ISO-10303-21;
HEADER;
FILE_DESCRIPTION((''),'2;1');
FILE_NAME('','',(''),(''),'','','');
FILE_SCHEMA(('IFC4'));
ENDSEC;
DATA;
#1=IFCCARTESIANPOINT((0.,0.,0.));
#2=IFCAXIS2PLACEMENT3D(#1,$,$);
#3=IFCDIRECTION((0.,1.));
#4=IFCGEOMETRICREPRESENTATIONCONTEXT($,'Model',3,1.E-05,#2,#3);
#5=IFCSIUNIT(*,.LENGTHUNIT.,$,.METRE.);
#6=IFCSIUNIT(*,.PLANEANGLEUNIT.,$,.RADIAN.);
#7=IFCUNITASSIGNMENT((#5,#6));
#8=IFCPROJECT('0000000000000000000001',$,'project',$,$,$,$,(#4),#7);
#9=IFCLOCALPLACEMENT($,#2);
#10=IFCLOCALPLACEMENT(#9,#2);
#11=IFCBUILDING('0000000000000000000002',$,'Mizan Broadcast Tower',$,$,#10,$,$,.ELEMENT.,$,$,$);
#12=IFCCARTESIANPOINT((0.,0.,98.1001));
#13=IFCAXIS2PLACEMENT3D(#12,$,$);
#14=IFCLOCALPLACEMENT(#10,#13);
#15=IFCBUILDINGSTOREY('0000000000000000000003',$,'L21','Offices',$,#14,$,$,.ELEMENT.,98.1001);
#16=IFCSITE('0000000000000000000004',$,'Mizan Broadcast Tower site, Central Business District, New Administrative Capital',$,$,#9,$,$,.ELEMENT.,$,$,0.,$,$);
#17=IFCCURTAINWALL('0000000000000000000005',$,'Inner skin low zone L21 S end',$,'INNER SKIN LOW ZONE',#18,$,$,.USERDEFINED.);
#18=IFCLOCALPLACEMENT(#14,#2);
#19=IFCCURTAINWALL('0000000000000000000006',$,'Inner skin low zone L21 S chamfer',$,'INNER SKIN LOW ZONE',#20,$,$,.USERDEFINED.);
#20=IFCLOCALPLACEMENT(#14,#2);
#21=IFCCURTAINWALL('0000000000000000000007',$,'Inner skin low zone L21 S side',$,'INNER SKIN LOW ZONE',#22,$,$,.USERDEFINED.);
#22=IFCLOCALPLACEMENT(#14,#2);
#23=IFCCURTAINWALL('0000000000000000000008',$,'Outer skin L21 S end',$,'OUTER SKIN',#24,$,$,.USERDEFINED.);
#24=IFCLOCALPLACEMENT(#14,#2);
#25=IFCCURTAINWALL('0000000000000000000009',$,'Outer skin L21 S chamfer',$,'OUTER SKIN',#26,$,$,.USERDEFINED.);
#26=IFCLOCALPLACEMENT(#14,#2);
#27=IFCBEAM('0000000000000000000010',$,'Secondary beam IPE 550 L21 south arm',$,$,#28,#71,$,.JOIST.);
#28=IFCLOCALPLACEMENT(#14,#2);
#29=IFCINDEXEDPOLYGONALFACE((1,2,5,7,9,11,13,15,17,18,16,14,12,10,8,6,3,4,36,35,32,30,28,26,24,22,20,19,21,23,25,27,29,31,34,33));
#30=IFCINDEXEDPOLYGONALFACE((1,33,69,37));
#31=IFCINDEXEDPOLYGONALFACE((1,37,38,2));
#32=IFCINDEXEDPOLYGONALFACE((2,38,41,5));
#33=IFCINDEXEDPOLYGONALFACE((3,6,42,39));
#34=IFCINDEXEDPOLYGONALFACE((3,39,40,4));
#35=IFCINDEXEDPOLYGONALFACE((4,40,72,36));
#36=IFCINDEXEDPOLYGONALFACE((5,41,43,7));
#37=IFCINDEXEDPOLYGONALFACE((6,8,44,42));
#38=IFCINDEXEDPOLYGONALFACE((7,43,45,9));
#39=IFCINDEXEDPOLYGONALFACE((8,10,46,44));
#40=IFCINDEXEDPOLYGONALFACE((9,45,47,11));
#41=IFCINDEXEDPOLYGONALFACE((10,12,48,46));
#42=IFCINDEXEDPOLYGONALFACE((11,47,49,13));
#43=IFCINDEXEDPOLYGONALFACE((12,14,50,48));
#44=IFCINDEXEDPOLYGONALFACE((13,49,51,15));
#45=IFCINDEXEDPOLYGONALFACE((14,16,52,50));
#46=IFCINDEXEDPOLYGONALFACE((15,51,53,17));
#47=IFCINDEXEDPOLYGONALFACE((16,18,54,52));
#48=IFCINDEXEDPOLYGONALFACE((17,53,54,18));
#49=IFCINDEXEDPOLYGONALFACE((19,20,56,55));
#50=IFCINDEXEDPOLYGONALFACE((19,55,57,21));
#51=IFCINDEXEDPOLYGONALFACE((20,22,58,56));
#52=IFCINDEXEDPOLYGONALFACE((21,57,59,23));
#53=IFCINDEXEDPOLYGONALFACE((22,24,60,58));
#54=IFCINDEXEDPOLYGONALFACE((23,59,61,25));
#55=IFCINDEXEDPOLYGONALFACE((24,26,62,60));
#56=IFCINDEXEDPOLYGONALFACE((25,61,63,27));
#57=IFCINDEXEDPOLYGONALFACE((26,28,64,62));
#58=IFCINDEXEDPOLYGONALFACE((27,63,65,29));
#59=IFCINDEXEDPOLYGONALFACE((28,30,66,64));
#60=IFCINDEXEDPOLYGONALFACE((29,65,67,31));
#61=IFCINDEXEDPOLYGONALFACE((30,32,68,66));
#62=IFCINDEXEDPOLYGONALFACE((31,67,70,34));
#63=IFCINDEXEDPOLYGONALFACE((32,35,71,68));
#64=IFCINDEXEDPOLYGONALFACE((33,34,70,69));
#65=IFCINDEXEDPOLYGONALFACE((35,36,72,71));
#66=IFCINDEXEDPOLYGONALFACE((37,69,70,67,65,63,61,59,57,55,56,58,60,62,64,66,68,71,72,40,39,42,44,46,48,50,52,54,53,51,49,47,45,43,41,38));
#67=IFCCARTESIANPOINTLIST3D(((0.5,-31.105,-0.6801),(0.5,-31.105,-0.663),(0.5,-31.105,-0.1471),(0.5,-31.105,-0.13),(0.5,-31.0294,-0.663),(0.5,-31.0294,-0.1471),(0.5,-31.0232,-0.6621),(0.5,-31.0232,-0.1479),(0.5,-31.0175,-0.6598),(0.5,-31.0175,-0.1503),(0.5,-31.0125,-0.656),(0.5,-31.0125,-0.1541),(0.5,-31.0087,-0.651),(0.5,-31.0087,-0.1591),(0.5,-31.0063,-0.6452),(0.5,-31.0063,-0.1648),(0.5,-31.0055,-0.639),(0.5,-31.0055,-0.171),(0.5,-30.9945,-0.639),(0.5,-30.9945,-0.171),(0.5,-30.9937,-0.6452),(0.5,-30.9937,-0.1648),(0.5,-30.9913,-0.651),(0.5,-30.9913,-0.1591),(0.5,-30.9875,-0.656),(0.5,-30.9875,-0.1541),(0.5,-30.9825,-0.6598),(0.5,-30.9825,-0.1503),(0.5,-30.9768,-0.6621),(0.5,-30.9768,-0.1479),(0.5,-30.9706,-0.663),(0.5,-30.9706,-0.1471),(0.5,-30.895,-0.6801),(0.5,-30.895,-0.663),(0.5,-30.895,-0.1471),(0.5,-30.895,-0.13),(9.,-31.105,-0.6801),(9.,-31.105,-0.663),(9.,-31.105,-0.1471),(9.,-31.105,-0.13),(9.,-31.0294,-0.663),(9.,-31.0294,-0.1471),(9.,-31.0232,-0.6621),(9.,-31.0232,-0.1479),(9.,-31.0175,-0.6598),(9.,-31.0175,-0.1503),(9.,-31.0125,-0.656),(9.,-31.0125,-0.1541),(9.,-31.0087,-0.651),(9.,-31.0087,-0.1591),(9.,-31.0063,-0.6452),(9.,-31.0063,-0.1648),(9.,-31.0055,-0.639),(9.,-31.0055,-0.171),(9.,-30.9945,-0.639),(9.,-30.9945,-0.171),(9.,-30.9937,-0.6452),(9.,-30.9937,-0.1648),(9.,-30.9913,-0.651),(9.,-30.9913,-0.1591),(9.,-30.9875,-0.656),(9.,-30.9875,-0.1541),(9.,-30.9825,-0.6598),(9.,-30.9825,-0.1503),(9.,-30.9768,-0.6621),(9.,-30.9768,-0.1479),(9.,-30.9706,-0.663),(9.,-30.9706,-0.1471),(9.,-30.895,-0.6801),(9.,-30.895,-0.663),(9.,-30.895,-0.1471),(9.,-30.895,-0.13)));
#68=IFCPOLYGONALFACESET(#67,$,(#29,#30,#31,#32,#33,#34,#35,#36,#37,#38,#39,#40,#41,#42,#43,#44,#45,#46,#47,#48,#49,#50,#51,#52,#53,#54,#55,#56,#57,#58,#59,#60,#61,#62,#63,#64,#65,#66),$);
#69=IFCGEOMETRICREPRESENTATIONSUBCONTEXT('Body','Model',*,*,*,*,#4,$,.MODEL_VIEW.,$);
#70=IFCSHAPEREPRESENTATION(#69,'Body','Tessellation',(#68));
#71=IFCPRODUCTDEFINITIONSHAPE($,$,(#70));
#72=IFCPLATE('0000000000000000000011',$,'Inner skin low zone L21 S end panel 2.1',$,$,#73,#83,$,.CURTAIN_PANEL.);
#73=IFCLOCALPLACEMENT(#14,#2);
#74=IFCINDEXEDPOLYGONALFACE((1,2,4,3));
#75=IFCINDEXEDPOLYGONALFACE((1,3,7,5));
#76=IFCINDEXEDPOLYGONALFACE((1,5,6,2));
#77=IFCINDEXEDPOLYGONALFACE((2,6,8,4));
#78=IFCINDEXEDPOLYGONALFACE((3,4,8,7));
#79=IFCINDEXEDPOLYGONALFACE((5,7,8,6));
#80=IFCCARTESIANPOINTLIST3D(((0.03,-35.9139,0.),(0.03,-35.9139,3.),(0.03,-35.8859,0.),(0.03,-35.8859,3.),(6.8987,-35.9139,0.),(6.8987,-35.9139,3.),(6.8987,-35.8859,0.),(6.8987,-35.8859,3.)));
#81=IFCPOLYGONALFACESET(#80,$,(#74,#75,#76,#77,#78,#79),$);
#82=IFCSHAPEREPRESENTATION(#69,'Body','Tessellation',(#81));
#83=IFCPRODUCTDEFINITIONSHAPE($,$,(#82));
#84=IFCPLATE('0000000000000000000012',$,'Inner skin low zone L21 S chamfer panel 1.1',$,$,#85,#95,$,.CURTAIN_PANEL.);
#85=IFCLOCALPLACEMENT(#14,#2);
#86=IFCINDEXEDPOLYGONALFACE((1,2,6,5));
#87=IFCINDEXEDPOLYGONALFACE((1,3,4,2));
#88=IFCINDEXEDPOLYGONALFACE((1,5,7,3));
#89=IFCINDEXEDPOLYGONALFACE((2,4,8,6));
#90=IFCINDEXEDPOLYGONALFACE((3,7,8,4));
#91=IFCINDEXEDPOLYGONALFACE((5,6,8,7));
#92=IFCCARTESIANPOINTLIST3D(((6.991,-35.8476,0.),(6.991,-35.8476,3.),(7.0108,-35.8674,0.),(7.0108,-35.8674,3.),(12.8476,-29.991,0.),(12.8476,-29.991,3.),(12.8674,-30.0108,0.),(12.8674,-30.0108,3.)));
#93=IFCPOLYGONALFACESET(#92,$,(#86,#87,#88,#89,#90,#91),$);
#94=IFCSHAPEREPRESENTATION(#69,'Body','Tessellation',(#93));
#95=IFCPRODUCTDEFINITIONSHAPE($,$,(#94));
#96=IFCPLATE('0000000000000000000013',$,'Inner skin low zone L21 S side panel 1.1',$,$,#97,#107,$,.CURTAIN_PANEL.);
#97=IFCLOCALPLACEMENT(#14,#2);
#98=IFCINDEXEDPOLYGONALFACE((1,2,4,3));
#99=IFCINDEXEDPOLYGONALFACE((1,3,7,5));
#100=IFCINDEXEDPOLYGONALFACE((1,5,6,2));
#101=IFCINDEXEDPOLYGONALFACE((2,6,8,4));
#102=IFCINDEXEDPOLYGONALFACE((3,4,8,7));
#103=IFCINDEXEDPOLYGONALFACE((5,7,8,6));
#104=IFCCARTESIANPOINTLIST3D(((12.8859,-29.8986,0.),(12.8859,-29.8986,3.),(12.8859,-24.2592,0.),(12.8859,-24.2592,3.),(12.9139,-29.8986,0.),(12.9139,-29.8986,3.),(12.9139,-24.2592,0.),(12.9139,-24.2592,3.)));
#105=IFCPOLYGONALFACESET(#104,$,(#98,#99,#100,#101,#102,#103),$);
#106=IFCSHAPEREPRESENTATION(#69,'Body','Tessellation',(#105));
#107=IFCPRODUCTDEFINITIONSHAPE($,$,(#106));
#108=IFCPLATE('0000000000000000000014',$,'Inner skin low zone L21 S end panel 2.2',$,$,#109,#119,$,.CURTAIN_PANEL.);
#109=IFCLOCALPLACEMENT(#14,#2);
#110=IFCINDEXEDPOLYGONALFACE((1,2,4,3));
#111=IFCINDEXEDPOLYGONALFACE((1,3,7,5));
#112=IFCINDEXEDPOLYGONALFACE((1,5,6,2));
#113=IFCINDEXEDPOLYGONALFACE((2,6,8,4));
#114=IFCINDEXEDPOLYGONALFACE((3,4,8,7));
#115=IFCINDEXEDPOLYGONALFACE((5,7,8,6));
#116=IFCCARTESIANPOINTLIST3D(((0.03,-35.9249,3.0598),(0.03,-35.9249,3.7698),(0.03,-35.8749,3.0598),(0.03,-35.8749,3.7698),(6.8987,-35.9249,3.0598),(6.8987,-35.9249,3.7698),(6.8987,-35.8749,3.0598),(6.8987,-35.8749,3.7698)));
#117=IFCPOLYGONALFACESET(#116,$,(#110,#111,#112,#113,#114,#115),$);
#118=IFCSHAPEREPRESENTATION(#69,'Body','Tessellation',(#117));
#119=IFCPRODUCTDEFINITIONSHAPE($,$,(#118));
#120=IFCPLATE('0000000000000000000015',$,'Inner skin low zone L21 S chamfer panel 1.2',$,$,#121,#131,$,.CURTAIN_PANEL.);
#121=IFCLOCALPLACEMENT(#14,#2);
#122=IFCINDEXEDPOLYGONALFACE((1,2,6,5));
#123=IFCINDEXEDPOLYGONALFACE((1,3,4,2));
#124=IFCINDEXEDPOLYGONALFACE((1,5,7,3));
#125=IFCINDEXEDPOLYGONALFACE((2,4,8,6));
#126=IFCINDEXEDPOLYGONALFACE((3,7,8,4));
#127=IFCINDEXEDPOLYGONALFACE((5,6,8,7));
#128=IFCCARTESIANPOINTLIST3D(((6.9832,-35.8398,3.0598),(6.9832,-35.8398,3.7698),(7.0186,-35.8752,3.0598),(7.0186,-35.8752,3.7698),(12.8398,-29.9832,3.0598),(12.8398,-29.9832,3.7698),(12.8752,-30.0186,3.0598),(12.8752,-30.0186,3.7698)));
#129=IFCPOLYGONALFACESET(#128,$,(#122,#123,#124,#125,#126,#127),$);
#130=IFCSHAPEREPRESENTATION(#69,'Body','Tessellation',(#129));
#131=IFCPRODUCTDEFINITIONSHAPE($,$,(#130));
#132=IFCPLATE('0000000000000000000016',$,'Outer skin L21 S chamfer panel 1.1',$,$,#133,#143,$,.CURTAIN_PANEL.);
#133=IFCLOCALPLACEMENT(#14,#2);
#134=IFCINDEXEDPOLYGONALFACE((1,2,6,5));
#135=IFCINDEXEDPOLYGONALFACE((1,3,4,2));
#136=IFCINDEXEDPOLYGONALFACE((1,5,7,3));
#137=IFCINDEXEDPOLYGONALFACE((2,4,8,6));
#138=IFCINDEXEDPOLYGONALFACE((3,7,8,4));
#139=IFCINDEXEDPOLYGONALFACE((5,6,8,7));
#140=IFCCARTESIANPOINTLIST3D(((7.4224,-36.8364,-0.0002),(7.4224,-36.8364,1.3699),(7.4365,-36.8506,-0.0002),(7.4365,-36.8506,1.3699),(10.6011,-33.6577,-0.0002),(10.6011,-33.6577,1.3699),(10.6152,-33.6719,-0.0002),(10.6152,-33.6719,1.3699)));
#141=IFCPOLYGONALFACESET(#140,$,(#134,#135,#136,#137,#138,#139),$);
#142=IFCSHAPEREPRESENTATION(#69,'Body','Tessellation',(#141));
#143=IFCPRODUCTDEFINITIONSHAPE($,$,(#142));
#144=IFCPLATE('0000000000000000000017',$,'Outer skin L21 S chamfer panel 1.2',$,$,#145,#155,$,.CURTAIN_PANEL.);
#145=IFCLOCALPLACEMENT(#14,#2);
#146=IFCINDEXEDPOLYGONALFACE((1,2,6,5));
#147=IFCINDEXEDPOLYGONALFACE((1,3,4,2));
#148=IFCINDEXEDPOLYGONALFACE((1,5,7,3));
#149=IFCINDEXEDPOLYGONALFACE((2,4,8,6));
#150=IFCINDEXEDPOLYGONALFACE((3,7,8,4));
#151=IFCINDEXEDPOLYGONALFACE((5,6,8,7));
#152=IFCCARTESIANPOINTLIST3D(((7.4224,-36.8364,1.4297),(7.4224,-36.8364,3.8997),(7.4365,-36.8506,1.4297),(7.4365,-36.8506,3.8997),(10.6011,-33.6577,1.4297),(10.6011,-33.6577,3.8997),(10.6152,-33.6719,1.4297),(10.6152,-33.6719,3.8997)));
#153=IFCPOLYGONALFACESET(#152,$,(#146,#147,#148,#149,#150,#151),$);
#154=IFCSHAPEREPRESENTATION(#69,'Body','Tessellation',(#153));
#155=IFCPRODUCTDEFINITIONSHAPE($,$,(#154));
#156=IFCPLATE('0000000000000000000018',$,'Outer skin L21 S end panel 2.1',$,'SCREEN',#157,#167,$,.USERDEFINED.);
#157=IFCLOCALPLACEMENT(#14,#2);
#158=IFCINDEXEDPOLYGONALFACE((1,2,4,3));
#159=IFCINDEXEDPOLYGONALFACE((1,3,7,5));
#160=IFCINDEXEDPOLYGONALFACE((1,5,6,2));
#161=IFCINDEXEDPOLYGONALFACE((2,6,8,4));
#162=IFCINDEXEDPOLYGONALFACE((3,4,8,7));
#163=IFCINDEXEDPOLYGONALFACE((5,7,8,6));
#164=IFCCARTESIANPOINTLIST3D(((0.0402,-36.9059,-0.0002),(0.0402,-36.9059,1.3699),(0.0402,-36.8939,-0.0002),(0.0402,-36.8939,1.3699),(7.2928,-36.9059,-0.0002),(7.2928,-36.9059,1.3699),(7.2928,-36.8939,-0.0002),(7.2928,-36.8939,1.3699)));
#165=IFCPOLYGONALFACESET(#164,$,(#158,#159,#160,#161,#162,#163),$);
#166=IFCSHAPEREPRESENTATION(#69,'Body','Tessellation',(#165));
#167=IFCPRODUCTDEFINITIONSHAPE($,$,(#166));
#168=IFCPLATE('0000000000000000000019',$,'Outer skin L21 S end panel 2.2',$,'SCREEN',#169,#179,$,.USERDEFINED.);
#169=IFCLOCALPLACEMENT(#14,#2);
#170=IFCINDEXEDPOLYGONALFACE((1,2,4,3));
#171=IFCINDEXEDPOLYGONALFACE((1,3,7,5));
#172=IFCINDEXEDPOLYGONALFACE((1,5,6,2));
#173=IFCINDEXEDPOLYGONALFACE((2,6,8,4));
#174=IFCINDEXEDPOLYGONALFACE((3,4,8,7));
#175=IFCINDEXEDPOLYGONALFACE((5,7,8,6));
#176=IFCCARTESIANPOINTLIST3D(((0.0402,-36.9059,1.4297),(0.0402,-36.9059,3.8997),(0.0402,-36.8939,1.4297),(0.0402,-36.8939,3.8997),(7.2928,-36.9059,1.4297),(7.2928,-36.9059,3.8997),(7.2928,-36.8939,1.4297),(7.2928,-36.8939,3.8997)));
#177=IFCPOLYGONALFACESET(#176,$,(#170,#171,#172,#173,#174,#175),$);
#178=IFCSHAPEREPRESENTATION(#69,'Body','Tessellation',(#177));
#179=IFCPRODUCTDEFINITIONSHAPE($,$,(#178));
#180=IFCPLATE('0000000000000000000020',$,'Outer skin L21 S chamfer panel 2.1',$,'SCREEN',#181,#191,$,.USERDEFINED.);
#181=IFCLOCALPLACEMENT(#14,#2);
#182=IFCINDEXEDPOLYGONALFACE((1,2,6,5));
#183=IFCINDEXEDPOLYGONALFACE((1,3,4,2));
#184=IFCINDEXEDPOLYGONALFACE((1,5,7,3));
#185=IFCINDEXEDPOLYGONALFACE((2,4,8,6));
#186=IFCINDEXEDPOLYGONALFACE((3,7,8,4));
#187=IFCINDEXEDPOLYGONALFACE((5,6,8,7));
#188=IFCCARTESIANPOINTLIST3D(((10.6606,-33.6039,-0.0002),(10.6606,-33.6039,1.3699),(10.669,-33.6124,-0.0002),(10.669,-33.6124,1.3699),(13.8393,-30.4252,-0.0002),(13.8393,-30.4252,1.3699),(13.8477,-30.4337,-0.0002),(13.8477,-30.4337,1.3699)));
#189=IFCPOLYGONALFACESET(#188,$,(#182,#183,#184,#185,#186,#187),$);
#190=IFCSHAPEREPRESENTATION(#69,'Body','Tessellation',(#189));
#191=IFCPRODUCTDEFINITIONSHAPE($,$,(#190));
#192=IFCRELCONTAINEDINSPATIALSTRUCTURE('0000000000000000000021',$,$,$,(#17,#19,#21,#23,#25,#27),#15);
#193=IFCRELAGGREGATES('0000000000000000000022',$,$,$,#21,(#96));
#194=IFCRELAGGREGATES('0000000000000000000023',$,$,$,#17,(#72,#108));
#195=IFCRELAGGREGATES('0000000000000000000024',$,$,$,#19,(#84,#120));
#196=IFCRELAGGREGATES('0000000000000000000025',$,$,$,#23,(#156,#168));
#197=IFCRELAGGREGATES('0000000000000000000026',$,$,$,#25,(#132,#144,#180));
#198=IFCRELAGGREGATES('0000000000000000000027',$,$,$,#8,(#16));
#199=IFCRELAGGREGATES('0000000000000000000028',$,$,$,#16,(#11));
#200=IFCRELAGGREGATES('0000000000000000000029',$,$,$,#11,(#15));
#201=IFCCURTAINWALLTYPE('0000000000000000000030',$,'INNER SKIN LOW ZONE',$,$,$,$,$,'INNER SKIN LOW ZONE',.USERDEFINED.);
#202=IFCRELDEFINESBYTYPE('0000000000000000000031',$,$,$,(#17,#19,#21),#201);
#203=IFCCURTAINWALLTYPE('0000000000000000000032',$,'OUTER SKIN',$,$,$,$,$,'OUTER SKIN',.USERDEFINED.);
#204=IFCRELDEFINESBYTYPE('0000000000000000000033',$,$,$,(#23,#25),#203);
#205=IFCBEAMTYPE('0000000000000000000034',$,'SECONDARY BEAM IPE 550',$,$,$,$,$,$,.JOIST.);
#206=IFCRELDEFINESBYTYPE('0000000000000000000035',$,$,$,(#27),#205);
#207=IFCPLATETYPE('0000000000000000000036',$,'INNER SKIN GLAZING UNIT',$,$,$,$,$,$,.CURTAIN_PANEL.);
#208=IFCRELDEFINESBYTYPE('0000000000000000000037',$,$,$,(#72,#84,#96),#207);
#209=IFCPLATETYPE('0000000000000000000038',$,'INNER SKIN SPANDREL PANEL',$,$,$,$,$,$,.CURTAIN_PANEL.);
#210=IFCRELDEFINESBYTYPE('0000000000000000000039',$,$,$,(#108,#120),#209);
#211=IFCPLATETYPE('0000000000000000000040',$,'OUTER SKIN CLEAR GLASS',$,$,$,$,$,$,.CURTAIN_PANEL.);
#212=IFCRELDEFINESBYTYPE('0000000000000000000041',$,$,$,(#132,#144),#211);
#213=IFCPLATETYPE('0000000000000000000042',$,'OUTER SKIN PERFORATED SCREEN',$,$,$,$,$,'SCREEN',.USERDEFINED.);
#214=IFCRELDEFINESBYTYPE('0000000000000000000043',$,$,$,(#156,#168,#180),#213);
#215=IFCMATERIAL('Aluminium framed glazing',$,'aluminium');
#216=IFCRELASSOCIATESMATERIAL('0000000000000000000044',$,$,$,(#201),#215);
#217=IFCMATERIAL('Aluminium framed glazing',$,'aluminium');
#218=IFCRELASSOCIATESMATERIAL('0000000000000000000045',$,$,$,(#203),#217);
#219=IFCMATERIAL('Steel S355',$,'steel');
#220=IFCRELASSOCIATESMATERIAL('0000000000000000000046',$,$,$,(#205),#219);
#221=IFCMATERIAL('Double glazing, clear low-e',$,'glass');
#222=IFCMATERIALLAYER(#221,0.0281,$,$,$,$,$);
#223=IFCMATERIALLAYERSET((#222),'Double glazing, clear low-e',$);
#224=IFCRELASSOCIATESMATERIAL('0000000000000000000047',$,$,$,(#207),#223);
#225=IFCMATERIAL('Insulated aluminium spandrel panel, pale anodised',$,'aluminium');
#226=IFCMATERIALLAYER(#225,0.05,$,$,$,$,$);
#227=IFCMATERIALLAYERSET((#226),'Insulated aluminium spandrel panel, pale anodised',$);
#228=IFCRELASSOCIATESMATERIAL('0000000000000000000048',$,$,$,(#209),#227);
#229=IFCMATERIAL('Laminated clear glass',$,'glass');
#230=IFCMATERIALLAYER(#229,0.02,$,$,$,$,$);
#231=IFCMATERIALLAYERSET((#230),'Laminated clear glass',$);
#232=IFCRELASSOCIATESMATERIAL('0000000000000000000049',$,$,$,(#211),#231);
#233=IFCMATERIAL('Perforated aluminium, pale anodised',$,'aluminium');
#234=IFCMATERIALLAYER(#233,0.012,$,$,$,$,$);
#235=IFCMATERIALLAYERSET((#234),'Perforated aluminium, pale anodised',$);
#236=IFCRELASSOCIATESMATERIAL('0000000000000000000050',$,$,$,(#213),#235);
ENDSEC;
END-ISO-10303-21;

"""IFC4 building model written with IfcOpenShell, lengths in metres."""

from ifc_helpers import new_model, si_unit, direction, frame, origin, origin_2d, place, context, subcontext, project, spatial, rectangle, i_section, extrude, material, layer, layer_set, material_profile, profile_set, type_object, element, aggregate, save


model = new_model("IFC4")

# Units and contexts
model_context = context("Model", 3, precision=1e-05, world=origin(), true_north=direction((0.0, 1.0)))
body_context = subcontext(model_context, "Body", "Model", "MODEL_VIEW")
ifc_project = project(units=[si_unit("LENGTHUNIT", "METRE"), si_unit("PLANEANGLEUNIT", "RADIAN")], contexts=[model_context])

# Site, building, storey
site_placement = place(None, origin())
site = spatial("IfcSite", under=ifc_project, at=site_placement, Name="Mizan Broadcast Tower site, Central Business District, New Administrative Capital", CompositionType="ELEMENT", RefElevation=0.0)
building_placement = place(site_placement, origin())
building = spatial("IfcBuilding", under=site, at=building_placement, Name="Mizan Broadcast Tower", CompositionType="ELEMENT")
storey_placement = place(building_placement, frame((0.0, 0.0, 98.1001)))
storey = spatial("IfcBuildingStorey", under=building, at=storey_placement, Name="L21", Description="Offices", CompositionType="ELEMENT", Elevation=98.1001)

# Curtain wall
ifc_material_1 = material(Name="Aluminium framed glazing", Category="aluminium")
curtain_wall_type_1 = type_object("IfcCurtainWallType", Name="INNER SKIN LOW ZONE", ElementType="INNER SKIN LOW ZONE", PredefinedType="USERDEFINED", material=ifc_material_1)
curtain_wall_1_placement = place(storey_placement, origin())
curtain_wall_1 = element("IfcCurtainWall", 1, at=curtain_wall_1_placement, inside=storey, type_object=curtain_wall_type_1, Name="Inner skin low zone L21 S end", ObjectType="INNER SKIN LOW ZONE", PredefinedType="USERDEFINED")

# Curtain wall
curtain_wall_2_placement = place(storey_placement, origin())
curtain_wall_2 = element("IfcCurtainWall", 2, at=curtain_wall_2_placement, inside=storey, type_object=curtain_wall_type_1, Name="Inner skin low zone L21 S chamfer", ObjectType="INNER SKIN LOW ZONE", PredefinedType="USERDEFINED")

# Curtain wall
curtain_wall_3_placement = place(storey_placement, origin())
curtain_wall_3 = element("IfcCurtainWall", 3, at=curtain_wall_3_placement, inside=storey, type_object=curtain_wall_type_1, Name="Inner skin low zone L21 S side", ObjectType="INNER SKIN LOW ZONE", PredefinedType="USERDEFINED")

# Curtain wall
ifc_material_2 = material(Name="Aluminium framed glazing", Category="aluminium")
curtain_wall_type_2 = type_object("IfcCurtainWallType", Name="OUTER SKIN", ElementType="OUTER SKIN", PredefinedType="USERDEFINED", material=ifc_material_2)
curtain_wall_4_placement = place(storey_placement, origin())
curtain_wall_4 = element("IfcCurtainWall", 4, at=curtain_wall_4_placement, inside=storey, type_object=curtain_wall_type_2, Name="Outer skin L21 S end", ObjectType="OUTER SKIN", PredefinedType="USERDEFINED")

# Curtain wall
curtain_wall_5_placement = place(storey_placement, origin())
curtain_wall_5 = element("IfcCurtainWall", 5, at=curtain_wall_5_placement, inside=storey, type_object=curtain_wall_type_2, Name="Outer skin L21 S chamfer", ObjectType="OUTER SKIN", PredefinedType="USERDEFINED")

# Beam
ifc_material_3 = material(Name="Steel S355", Category="steel")
ifc_material_profile_1 = material_profile(ifc_material_3, i_section(OverallWidth=0.21, OverallDepth=0.55, WebThickness=0.011, FlangeThickness=0.0171, FilletRadius=0.0239, at=origin_2d()), Name="IPE 550")
ifc_profile_set_1 = profile_set([ifc_material_profile_1], Name="Steel S355")
beam_type_1 = type_object("IfcBeamType", Name="SECONDARY BEAM IPE 550", PredefinedType="JOIST", material=ifc_profile_set_1)
beam_1_placement = place(storey_placement, frame((9.0, -31.0, -0.405), z_axis=(-1.0, 0.0, 0.0), x_axis=(0.0, -1.0, 0.0)))
element("IfcBeam", 6, at=beam_1_placement, inside=storey, type_object=beam_type_1, Name="Secondary beam IPE 550 L21 south arm", PredefinedType="JOIST", context=body_context, shape_type="SweptSolid", body=[
    extrude(i_section(OverallWidth=0.21, OverallDepth=0.55, WebThickness=0.011, FlangeThickness=0.0171, FilletRadius=0.0239, at=origin_2d()), origin(), (0.0, 0.0, 1.0), 8.5),
])

# Plates
ifc_material_4 = material(Name="Double glazing, clear low-e", Category="glass")
ifc_layer_1 = layer(ifc_material_4, 0.0281)
ifc_layer_set_1 = layer_set([ifc_layer_1], Name="Double glazing, clear low-e")
plate_type_1 = type_object("IfcPlateType", Name="INNER SKIN GLAZING UNIT", PredefinedType="CURTAIN_PANEL", material=ifc_layer_set_1)
plate_1_placement = place(storey_placement, frame((3.4644, -35.8999, 0.0), z_axis=(0.0, 0.0, 1.0), x_axis=(1.0, 0.0, 0.0)))
plate_1 = element("IfcPlate", 7, at=plate_1_placement, type_object=plate_type_1, Name="Inner skin low zone L21 S end panel 2.1", PredefinedType="CURTAIN_PANEL", context=body_context, shape_type="SweptSolid", body=[
    extrude(rectangle(XDim=6.8687, YDim=0.0281, at=origin_2d()), origin(), (0.0, 0.0, 1.0), 3.0),
])
plate_2_placement = place(storey_placement, frame((9.9292, -32.9292, 0.0), z_axis=(0.0, 0.0, 1.0), x_axis=(0.707107, 0.707107, 0.0)))
plate_2 = element("IfcPlate", 8, at=plate_2_placement, type_object=plate_type_1, Name="Inner skin low zone L21 S chamfer panel 1.1", PredefinedType="CURTAIN_PANEL", context=body_context, shape_type="SweptSolid", body=[
    extrude(rectangle(XDim=8.2825, YDim=0.0281, at=origin_2d()), origin(), (0.0, 0.0, 1.0), 3.0),
])
plate_3_placement = place(storey_placement, frame((12.8999, -27.0789, 0.0), z_axis=(0.0, 0.0, 1.0), x_axis=(0.0, 1.0, 0.0)))
plate_3 = element("IfcPlate", 9, at=plate_3_placement, type_object=plate_type_1, Name="Inner skin low zone L21 S side panel 1.1", PredefinedType="CURTAIN_PANEL", context=body_context, shape_type="SweptSolid", body=[
    extrude(rectangle(XDim=5.6394, YDim=0.0281, at=origin_2d()), origin(), (0.0, 0.0, 1.0), 3.0),
])
aggregate(curtain_wall_3, [plate_3])
ifc_material_5 = material(Name="Insulated aluminium spandrel panel, pale anodised", Category="aluminium")
ifc_layer_2 = layer(ifc_material_5, 0.05)
ifc_layer_set_2 = layer_set([ifc_layer_2], Name="Insulated aluminium spandrel panel, pale anodised")
plate_type_2 = type_object("IfcPlateType", Name="INNER SKIN SPANDREL PANEL", PredefinedType="CURTAIN_PANEL", material=ifc_layer_set_2)
plate_4_placement = place(storey_placement, frame((3.4644, -35.8999, 3.0598), z_axis=(0.0, 0.0, 1.0), x_axis=(1.0, 0.0, 0.0)))
plate_4 = element("IfcPlate", 10, at=plate_4_placement, type_object=plate_type_2, Name="Inner skin low zone L21 S end panel 2.2", PredefinedType="CURTAIN_PANEL", context=body_context, shape_type="SweptSolid", body=[
    extrude(rectangle(XDim=6.8687, YDim=0.05, at=origin_2d()), origin(), (0.0, 0.0, 1.0), 0.71),
])
aggregate(curtain_wall_1, [plate_1, plate_4])
plate_5_placement = place(storey_placement, frame((9.9292, -32.9292, 3.0598), z_axis=(0.0, 0.0, 1.0), x_axis=(0.707107, 0.707107, 0.0)))
plate_5 = element("IfcPlate", 11, at=plate_5_placement, type_object=plate_type_2, Name="Inner skin low zone L21 S chamfer panel 1.2", PredefinedType="CURTAIN_PANEL", context=body_context, shape_type="SweptSolid", body=[
    extrude(rectangle(XDim=8.2825, YDim=0.05, at=origin_2d()), origin(), (0.0, 0.0, 1.0), 0.71),
])
aggregate(curtain_wall_2, [plate_2, plate_5])
ifc_material_6 = material(Name="Laminated clear glass", Category="glass")
ifc_layer_3 = layer(ifc_material_6, 0.02)
ifc_layer_set_3 = layer_set([ifc_layer_3], Name="Laminated clear glass")
plate_type_3 = type_object("IfcPlateType", Name="OUTER SKIN CLEAR GLASS", PredefinedType="CURTAIN_PANEL", material=ifc_layer_set_3)
plate_6_placement = place(storey_placement, frame((9.0188, -35.2542, -0.0002), z_axis=(0.0, 0.0, 1.0), x_axis=(0.707107, 0.707107, 0.0)))
plate_6 = element("IfcPlate", 12, at=plate_6_placement, type_object=plate_type_3, Name="Outer skin L21 S chamfer panel 1.1", PredefinedType="CURTAIN_PANEL", context=body_context, shape_type="SweptSolid", body=[
    extrude(rectangle(XDim=4.4954, YDim=0.02, at=origin_2d()), origin(), (0.0, 0.0, 1.0), 1.3701),
])
plate_7_placement = place(storey_placement, frame((9.0188, -35.2542, 1.4297), z_axis=(0.0, 0.0, 1.0), x_axis=(0.707107, 0.707107, 0.0)))
plate_7 = element("IfcPlate", 13, at=plate_7_placement, type_object=plate_type_3, Name="Outer skin L21 S chamfer panel 1.2", PredefinedType="CURTAIN_PANEL", context=body_context, shape_type="SweptSolid", body=[
    extrude(rectangle(XDim=4.4954, YDim=0.02, at=origin_2d()), origin(), (0.0, 0.0, 1.0), 2.47),
])
ifc_material_7 = material(Name="Perforated aluminium, pale anodised", Category="aluminium")
ifc_layer_4 = layer(ifc_material_7, 0.012)
ifc_layer_set_4 = layer_set([ifc_layer_4], Name="Perforated aluminium, pale anodised")
plate_type_4 = type_object("IfcPlateType", Name="OUTER SKIN PERFORATED SCREEN", ElementType="SCREEN", PredefinedType="USERDEFINED", material=ifc_layer_set_4)
plate_8_placement = place(storey_placement, frame((3.6665, -36.8999, -0.0002), z_axis=(0.0, 0.0, 1.0), x_axis=(1.0, 0.0, 0.0)))
plate_8 = element("IfcPlate", 14, at=plate_8_placement, type_object=plate_type_4, Name="Outer skin L21 S end panel 2.1", ObjectType="SCREEN", PredefinedType="USERDEFINED", context=body_context, shape_type="SweptSolid", body=[
    extrude(rectangle(XDim=7.2527, YDim=0.012, at=origin_2d()), origin(), (0.0, 0.0, 1.0), 1.3701),
])
plate_9_placement = place(storey_placement, frame((3.6665, -36.8999, 1.4297), z_axis=(0.0, 0.0, 1.0), x_axis=(1.0, 0.0, 0.0)))
plate_9 = element("IfcPlate", 15, at=plate_9_placement, type_object=plate_type_4, Name="Outer skin L21 S end panel 2.2", ObjectType="SCREEN", PredefinedType="USERDEFINED", context=body_context, shape_type="SweptSolid", body=[
    extrude(rectangle(XDim=7.2527, YDim=0.012, at=origin_2d()), origin(), (0.0, 0.0, 1.0), 2.47),
])
aggregate(curtain_wall_4, [plate_8, plate_9])
plate_10_placement = place(storey_placement, frame((12.2542, -32.0188, -0.0002), z_axis=(0.0, 0.0, 1.0), x_axis=(0.707107, 0.707107, 0.0)))
plate_10 = element("IfcPlate", 16, at=plate_10_placement, type_object=plate_type_4, Name="Outer skin L21 S chamfer panel 2.1", ObjectType="SCREEN", PredefinedType="USERDEFINED", context=body_context, shape_type="SweptSolid", body=[
    extrude(rectangle(XDim=4.4954, YDim=0.012, at=origin_2d()), origin(), (0.0, 0.0, 1.0), 1.3701),
])
aggregate(curtain_wall_5, [plate_6, plate_7, plate_10])

save(model, "model.ifc")
